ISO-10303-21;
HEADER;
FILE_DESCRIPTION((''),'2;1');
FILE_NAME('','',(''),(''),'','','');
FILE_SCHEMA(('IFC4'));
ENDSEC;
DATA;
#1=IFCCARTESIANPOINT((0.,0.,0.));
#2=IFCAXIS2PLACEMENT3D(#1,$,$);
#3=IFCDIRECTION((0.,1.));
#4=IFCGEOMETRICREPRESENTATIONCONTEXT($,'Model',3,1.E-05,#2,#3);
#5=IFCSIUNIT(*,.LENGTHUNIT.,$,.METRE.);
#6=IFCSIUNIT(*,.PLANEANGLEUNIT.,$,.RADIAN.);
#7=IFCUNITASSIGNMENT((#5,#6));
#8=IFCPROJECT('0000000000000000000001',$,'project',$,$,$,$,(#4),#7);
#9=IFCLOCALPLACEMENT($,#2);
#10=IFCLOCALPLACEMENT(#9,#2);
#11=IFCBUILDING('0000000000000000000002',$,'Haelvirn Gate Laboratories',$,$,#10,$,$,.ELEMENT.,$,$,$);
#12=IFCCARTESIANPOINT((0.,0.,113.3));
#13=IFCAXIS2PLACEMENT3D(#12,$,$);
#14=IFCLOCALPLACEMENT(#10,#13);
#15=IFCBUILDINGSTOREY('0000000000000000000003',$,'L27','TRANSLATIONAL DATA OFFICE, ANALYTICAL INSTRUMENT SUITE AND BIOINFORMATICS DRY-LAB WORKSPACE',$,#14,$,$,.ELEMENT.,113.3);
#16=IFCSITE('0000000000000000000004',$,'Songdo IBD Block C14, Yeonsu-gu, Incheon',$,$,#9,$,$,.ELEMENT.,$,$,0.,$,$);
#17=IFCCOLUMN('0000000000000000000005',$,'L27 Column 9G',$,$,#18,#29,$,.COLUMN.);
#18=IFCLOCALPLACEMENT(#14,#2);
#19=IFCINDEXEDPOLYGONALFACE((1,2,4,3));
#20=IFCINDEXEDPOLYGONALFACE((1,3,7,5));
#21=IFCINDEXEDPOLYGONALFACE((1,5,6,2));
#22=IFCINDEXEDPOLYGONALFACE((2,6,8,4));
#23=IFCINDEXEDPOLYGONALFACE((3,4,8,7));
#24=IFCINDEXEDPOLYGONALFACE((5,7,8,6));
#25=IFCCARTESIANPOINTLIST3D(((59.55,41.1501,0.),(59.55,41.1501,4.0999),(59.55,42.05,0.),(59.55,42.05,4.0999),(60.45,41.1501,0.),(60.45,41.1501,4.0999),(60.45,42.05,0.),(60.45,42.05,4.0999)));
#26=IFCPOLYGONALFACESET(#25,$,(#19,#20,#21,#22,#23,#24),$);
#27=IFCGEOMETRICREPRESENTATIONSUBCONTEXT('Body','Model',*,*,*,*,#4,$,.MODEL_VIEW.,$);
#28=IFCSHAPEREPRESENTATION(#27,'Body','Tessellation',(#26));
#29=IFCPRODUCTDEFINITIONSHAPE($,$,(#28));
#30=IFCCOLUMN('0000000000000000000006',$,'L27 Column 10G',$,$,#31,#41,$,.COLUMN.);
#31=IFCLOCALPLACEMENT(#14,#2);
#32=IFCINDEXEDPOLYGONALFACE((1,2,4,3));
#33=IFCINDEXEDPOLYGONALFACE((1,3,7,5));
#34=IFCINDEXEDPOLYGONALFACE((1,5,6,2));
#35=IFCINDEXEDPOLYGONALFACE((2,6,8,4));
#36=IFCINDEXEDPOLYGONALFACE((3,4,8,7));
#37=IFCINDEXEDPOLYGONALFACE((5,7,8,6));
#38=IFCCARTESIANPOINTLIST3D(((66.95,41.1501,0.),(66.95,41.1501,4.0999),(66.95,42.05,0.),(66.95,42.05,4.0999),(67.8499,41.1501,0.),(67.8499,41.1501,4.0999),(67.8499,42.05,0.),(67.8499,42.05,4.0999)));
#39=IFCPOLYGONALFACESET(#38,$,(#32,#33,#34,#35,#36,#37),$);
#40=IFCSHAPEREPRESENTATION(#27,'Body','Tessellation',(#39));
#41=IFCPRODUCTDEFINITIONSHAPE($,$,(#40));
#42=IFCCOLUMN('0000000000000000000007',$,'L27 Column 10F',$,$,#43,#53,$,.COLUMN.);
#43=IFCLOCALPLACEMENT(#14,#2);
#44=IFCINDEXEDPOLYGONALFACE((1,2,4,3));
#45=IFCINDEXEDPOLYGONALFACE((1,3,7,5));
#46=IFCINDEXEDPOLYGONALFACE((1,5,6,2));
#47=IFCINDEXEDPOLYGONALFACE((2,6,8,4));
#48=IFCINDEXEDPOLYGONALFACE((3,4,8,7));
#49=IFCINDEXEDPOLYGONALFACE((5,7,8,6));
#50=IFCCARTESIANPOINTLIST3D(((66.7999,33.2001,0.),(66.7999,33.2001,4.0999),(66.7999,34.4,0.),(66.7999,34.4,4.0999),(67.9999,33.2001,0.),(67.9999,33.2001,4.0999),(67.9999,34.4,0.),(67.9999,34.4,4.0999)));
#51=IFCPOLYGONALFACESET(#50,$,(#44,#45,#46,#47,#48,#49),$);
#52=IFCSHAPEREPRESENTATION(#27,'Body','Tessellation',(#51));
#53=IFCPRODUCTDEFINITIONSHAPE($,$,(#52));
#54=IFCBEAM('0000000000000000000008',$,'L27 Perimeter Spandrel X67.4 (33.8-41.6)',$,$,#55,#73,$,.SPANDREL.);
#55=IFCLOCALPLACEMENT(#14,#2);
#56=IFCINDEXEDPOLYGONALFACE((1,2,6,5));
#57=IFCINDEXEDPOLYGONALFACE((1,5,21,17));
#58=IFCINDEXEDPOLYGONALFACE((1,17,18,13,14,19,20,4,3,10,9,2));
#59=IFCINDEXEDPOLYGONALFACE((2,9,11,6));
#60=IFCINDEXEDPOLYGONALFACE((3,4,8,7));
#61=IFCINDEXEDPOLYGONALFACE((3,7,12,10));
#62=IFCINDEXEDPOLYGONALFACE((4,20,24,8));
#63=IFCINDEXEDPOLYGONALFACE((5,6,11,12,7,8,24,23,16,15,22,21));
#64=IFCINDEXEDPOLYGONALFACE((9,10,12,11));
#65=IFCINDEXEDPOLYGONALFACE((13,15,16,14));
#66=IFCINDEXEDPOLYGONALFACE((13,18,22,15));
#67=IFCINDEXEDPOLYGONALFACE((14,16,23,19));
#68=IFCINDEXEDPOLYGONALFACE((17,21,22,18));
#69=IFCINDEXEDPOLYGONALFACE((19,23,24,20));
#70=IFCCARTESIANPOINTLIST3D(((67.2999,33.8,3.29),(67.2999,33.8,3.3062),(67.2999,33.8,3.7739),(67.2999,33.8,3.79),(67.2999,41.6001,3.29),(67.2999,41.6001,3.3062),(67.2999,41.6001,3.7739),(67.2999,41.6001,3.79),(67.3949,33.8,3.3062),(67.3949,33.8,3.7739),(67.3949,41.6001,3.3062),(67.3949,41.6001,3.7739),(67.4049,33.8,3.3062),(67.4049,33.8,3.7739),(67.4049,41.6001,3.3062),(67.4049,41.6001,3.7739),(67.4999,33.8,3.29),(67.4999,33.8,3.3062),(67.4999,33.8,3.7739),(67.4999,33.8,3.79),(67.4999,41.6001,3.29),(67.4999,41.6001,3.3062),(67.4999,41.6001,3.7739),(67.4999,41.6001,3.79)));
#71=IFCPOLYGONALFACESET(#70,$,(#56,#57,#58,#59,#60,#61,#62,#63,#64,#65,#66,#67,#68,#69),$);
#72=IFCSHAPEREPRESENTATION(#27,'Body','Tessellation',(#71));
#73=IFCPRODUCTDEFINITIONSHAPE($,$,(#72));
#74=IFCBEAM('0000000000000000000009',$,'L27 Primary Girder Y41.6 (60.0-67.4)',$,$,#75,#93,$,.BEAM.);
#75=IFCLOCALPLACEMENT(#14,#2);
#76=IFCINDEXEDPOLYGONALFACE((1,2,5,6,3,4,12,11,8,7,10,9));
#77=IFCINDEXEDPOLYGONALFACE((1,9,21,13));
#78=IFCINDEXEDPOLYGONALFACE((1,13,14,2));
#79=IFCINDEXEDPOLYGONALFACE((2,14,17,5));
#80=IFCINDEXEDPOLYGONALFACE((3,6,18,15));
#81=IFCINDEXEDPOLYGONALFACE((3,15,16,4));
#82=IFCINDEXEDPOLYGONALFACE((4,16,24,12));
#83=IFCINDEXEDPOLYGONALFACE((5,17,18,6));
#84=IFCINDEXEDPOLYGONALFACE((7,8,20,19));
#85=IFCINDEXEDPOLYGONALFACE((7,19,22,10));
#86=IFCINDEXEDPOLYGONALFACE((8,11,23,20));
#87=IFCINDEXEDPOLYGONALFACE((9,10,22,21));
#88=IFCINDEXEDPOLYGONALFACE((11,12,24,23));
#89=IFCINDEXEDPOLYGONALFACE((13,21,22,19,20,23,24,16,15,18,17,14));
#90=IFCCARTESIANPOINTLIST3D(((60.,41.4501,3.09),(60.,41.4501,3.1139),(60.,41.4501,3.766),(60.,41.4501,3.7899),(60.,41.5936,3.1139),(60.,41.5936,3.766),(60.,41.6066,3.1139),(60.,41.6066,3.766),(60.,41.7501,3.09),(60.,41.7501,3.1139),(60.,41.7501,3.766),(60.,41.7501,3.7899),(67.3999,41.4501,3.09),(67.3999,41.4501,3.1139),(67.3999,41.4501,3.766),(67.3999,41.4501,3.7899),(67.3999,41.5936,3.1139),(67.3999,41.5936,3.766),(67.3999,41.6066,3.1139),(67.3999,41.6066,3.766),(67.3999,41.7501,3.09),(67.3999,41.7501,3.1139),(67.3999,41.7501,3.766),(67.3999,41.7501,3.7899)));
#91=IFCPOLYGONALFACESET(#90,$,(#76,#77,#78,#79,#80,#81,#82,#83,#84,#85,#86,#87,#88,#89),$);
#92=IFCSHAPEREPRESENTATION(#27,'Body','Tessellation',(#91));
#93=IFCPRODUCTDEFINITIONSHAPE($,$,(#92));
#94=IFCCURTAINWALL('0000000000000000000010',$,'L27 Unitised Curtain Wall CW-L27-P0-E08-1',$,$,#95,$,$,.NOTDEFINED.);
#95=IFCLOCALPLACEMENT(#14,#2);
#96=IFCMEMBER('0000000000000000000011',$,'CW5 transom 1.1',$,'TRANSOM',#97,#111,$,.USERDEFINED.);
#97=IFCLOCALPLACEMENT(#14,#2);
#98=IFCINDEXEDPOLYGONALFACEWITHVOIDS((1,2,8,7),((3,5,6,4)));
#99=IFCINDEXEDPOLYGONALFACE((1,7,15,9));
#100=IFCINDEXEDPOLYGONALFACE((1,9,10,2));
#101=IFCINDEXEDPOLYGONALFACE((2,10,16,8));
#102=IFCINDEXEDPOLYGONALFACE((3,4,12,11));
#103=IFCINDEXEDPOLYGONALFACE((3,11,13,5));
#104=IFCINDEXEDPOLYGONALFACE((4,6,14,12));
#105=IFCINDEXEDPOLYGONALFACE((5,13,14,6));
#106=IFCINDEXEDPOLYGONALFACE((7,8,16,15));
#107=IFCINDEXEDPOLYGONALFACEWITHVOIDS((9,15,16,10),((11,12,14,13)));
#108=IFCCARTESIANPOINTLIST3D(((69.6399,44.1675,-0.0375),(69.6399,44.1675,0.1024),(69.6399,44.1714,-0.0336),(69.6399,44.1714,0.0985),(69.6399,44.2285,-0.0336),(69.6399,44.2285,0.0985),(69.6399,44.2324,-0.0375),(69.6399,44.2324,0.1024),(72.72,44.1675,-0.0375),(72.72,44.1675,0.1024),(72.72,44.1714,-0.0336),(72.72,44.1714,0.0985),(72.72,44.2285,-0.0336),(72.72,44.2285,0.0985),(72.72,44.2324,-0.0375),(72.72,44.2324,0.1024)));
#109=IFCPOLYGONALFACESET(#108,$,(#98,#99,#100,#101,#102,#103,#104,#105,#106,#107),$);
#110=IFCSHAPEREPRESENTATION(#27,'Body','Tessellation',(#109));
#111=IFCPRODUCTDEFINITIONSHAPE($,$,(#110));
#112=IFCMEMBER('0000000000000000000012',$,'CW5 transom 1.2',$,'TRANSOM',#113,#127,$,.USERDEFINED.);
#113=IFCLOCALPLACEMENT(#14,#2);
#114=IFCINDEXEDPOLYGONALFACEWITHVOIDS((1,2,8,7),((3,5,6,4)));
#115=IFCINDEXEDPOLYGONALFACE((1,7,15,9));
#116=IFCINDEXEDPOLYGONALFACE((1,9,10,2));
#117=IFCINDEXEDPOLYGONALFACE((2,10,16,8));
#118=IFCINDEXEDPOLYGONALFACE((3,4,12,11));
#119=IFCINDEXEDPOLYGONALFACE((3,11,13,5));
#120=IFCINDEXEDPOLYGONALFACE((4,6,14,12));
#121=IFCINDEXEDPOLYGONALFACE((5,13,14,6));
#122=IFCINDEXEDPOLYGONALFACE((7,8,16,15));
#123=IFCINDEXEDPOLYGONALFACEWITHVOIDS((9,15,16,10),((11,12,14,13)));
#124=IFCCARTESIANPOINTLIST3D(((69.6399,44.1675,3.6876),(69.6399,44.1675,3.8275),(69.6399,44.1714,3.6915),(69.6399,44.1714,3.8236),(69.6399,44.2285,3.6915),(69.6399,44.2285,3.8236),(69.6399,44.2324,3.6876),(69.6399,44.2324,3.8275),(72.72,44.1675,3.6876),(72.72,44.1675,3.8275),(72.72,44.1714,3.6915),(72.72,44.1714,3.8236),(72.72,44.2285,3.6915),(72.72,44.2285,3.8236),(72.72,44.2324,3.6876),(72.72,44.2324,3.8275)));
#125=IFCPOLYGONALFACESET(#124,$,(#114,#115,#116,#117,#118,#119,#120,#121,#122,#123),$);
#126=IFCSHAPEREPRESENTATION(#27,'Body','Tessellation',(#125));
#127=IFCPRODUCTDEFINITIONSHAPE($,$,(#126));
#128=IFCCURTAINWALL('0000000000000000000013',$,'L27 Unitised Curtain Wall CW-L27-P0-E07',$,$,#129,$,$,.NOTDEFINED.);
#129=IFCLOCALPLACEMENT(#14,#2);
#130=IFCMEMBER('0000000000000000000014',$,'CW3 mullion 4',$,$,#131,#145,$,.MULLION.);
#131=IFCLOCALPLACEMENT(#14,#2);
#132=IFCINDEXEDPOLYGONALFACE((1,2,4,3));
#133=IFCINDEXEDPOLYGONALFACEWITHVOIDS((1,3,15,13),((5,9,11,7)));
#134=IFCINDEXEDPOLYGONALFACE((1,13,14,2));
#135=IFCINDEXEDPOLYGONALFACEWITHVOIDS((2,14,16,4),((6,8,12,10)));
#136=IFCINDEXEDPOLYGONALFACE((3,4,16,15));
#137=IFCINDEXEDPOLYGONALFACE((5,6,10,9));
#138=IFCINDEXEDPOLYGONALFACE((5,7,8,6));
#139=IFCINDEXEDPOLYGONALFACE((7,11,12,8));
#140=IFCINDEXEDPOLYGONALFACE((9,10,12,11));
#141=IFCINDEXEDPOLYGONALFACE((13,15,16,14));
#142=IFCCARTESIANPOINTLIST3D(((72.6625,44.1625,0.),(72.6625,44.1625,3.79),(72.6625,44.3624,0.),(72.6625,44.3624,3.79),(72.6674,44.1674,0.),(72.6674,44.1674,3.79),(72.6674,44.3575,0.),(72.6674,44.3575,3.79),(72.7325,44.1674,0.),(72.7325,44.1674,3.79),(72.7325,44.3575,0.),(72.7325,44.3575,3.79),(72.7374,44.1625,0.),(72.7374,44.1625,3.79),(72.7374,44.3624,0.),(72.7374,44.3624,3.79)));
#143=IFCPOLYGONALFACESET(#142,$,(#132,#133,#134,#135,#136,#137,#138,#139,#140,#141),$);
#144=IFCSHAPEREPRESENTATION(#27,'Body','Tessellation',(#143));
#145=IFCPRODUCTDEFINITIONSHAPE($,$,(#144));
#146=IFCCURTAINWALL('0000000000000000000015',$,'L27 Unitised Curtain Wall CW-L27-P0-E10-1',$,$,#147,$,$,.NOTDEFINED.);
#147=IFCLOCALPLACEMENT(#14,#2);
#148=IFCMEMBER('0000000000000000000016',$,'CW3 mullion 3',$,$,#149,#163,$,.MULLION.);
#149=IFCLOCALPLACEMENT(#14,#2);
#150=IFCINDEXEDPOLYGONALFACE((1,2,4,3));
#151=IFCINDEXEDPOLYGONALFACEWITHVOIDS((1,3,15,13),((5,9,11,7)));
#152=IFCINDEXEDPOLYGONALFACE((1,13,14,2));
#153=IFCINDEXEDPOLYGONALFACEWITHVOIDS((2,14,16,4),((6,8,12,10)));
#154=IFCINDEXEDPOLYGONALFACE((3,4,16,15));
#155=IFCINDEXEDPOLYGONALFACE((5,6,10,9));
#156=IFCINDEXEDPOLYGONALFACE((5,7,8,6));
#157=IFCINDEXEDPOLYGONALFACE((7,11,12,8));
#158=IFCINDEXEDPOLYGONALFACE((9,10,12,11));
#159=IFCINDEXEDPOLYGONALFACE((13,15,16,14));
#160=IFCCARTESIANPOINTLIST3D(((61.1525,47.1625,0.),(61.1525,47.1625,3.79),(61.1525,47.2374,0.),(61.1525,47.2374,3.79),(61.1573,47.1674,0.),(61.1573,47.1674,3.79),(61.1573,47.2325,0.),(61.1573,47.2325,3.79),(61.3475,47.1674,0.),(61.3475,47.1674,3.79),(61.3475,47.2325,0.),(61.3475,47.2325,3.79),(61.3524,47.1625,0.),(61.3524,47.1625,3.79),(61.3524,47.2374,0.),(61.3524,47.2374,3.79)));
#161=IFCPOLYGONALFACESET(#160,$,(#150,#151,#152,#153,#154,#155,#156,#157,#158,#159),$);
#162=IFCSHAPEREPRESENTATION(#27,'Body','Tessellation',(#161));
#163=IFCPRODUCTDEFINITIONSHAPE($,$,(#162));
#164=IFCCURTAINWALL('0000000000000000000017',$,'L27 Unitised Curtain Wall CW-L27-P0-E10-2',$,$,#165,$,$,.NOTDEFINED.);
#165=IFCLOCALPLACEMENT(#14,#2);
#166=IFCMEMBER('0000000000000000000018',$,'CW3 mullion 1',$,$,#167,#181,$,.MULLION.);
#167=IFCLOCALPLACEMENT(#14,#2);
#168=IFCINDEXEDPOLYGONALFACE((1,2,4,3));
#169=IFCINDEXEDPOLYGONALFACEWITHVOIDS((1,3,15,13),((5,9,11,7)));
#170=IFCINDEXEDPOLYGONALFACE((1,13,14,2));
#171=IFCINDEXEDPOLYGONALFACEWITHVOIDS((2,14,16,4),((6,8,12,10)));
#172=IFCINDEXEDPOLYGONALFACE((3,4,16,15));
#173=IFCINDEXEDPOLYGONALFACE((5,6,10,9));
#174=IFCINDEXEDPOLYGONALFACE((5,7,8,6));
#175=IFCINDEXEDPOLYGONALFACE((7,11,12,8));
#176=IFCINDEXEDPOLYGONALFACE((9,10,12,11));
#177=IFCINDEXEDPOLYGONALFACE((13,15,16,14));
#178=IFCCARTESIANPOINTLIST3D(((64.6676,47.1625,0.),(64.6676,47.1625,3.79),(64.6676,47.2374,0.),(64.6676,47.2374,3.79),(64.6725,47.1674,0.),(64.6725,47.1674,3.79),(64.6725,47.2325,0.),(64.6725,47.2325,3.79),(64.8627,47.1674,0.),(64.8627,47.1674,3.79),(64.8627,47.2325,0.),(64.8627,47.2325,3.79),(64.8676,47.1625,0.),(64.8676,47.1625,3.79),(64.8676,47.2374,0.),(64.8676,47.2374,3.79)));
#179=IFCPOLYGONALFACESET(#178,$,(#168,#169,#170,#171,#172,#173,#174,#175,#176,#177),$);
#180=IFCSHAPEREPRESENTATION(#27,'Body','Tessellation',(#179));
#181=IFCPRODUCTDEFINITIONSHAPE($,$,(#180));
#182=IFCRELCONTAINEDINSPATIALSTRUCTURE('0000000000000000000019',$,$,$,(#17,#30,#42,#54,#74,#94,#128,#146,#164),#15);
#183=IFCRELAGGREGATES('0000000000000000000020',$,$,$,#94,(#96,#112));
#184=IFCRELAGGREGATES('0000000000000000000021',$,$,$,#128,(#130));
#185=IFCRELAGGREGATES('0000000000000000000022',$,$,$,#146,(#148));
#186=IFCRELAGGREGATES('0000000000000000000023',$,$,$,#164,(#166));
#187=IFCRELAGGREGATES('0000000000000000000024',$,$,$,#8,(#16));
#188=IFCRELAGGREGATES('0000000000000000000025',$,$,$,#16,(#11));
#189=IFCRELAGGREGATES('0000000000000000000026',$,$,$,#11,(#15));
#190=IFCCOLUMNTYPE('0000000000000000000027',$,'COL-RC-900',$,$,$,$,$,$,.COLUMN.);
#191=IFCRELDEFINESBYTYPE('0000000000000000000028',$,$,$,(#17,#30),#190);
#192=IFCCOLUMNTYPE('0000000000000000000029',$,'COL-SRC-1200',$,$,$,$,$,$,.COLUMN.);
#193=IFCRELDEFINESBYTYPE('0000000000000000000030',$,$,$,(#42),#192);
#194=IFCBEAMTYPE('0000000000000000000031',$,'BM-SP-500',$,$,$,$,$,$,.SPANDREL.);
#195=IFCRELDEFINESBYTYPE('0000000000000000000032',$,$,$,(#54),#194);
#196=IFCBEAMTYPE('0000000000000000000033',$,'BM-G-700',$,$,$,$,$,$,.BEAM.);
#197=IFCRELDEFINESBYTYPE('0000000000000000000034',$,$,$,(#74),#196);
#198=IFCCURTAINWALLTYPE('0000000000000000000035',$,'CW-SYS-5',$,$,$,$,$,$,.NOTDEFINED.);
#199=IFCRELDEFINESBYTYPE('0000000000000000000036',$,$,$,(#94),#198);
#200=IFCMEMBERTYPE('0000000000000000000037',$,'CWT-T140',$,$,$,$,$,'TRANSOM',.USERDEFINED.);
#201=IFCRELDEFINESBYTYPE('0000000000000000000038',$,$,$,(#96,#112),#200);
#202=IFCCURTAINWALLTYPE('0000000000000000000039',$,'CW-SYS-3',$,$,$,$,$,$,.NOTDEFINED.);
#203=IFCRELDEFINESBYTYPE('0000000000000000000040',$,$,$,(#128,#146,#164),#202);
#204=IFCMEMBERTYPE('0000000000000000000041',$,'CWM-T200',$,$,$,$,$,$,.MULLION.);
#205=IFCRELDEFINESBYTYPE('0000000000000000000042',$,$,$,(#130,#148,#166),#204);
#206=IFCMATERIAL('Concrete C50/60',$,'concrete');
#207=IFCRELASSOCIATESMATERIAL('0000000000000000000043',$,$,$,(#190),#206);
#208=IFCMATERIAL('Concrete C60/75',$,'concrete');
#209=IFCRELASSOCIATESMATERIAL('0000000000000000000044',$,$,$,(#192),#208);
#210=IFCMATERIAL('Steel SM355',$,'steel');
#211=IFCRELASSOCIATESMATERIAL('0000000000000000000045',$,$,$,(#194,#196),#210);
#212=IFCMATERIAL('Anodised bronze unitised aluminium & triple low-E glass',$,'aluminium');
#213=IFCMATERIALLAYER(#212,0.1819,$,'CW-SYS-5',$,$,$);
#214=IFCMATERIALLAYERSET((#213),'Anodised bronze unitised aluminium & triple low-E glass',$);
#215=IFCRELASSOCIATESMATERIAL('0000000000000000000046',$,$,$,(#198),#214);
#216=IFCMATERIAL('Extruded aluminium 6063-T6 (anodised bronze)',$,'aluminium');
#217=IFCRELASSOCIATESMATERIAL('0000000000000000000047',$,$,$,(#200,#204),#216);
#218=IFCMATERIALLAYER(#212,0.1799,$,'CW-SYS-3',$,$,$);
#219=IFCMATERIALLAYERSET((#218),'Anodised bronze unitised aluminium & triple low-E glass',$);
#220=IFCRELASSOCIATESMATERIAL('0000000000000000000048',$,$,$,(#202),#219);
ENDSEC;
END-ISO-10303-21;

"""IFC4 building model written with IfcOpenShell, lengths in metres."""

from ifc_helpers import new_model, si_unit, direction, frame, origin, origin_2d, place, context, subcontext, project, spatial, rectangle, hollow_rectangle, i_section, extrude, source, transform, mapped, material, layer, layer_set, material_profile, profile_set, type_object, type_shapes, element, aggregate, save


model = new_model("IFC4")

# Units and contexts
model_context = context("Model", 3, precision=1e-05, world=origin(), true_north=direction((0.0, 1.0)))
body_context = subcontext(model_context, "Body", "Model", "MODEL_VIEW")
ifc_project = project(units=[si_unit("LENGTHUNIT", "METRE"), si_unit("PLANEANGLEUNIT", "RADIAN")], contexts=[model_context])

# Site, building, storey
site_placement = place(None, origin())
site = spatial("IfcSite", under=ifc_project, at=site_placement, Name="Songdo IBD Block C14, Yeonsu-gu, Incheon", CompositionType="ELEMENT", RefElevation=0.0)
building_placement = place(site_placement, origin())
building = spatial("IfcBuilding", under=site, at=building_placement, Name="Haelvirn Gate Laboratories", CompositionType="ELEMENT")
storey_placement = place(building_placement, frame((0.0, 0.0, 113.3)))
storey = spatial("IfcBuildingStorey", under=building, at=storey_placement, Name="L27", Description="TRANSLATIONAL DATA OFFICE, ANALYTICAL INSTRUMENT SUITE AND BIOINFORMATICS DRY-LAB WORKSPACE", CompositionType="ELEMENT", Elevation=113.3)

# Columns
ifc_material_1 = material(Name="Concrete C50/60", Category="concrete")
ifc_material_profile_1 = material_profile(ifc_material_1, rectangle(XDim=0.8999, YDim=0.8999, at=origin_2d()), Name="RC-900x900")
ifc_profile_set_1 = profile_set([ifc_material_profile_1], Name="Concrete C50/60")
column_type_1 = type_object("IfcColumnType", Name="COL-RC-900", PredefinedType="COLUMN", material=ifc_profile_set_1)
shared_shape_1 = source(origin(), body_context, "Body", "SweptSolid", [
    extrude(rectangle(XDim=0.8999, YDim=0.8999, at=origin_2d()), origin(), (0.0, 0.0, 1.0), 4.0999),
])
type_shapes(column_type_1, [shared_shape_1])
for number, where, z_axis, x_axis, name in (
    (1, (60.0, 41.6001, 0.0), (0.0, 0.0, 1.0), (1.0, 0.0, 0.0), "L27 Column 9G"),
    (2, (67.3999, 41.6001, 0.0), (0.0, 0.0, 1.0), (1.0, 0.0, 0.0), "L27 Column 10G"),
):
    element("IfcColumn", number, at=place(storey_placement, frame(where, z_axis=z_axis, x_axis=x_axis)), inside=storey, type_object=column_type_1, Name=name, PredefinedType="COLUMN", context=body_context, shape_type="MappedRepresentation", body=[
        mapped(shared_shape_1, transform((0.0, 0.0, 0.0), scale=1.0)),
    ])
ifc_material_2 = material(Name="Concrete C60/75", Category="concrete")
ifc_material_profile_2 = material_profile(ifc_material_2, rectangle(XDim=1.2, YDim=1.2, at=origin_2d()), Name="SRC-1200x1200")
ifc_profile_set_2 = profile_set([ifc_material_profile_2], Name="Concrete C60/75")
column_type_2 = type_object("IfcColumnType", Name="COL-SRC-1200", PredefinedType="COLUMN", material=ifc_profile_set_2)
shared_shape_2 = source(origin(), body_context, "Body", "SweptSolid", [
    extrude(rectangle(XDim=1.2, YDim=1.2, at=origin_2d()), origin(), (0.0, 0.0, 1.0), 4.0999),
])
type_shapes(column_type_2, [shared_shape_2])
column_placement = place(storey_placement, frame((67.3999, 33.8, 0.0), z_axis=(0.0, 0.0, 1.0), x_axis=(1.0, 0.0, 0.0)))
element("IfcColumn", 3, at=column_placement, inside=storey, type_object=column_type_2, Name="L27 Column 10F", PredefinedType="COLUMN", context=body_context, shape_type="MappedRepresentation", body=[
    mapped(shared_shape_2, transform((0.0, 0.0, 0.0), scale=1.0)),
])

# Beams
ifc_material_3 = material(Name="Steel SM355", Category="steel")
ifc_material_profile_3 = material_profile(ifc_material_3, i_section(OverallWidth=0.2, OverallDepth=0.5, WebThickness=0.01, FlangeThickness=0.0161, at=origin_2d()), Name="H-500x200x10x16")
ifc_profile_set_3 = profile_set([ifc_material_profile_3], Name="Steel SM355")
beam_type_1 = type_object("IfcBeamType", Name="BM-SP-500", PredefinedType="SPANDREL", material=ifc_profile_set_3)
shared_shape_3 = source(origin(), body_context, "Body", "SweptSolid", [
    extrude(i_section(OverallWidth=0.2, OverallDepth=0.5, WebThickness=0.01, FlangeThickness=0.0161, at=origin_2d()), origin(), (0.0, 0.0, 1.0), 7.8),
])
type_shapes(beam_type_1, [shared_shape_3])
beam_1_placement = place(storey_placement, frame((67.3999, 33.8, 3.54), z_axis=(0.0, 1.0, 0.0), x_axis=(-1.0, 0.0, 0.0)))
element("IfcBeam", 4, at=beam_1_placement, inside=storey, type_object=beam_type_1, Name="L27 Perimeter Spandrel X67.4 (33.8-41.6)", PredefinedType="SPANDREL", context=body_context, shape_type="MappedRepresentation", body=[
    mapped(shared_shape_3, transform((0.0, 0.0, 0.0), scale=1.0)),
])
ifc_material_profile_4 = material_profile(ifc_material_3, i_section(OverallWidth=0.3, OverallDepth=0.7, WebThickness=0.0129, FlangeThickness=0.0239, at=origin_2d()), Name="H-700x300x13x24")
ifc_profile_set_4 = profile_set([ifc_material_profile_4], Name="Steel SM355")
beam_type_2 = type_object("IfcBeamType", Name="BM-G-700", PredefinedType="BEAM", material=ifc_profile_set_4)
shared_shape_4 = source(origin(), body_context, "Body", "SweptSolid", [
    extrude(i_section(OverallWidth=0.3, OverallDepth=0.7, WebThickness=0.0129, FlangeThickness=0.0239, at=origin_2d()), origin(), (0.0, 0.0, 1.0), 7.3999),
])
type_shapes(beam_type_2, [shared_shape_4])
beam_2_placement = place(storey_placement, frame((60.0, 41.6001, 3.4399), z_axis=(1.0, 0.0, 0.0), x_axis=(0.0, 1.0, 0.0)))
element("IfcBeam", 5, at=beam_2_placement, inside=storey, type_object=beam_type_2, Name="L27 Primary Girder Y41.6 (60.0-67.4)", PredefinedType="BEAM", context=body_context, shape_type="MappedRepresentation", body=[
    mapped(shared_shape_4, transform((0.0, 0.0, 0.0), scale=1.0)),
])

# Curtain wall, members
ifc_material_4 = material(Name="Anodised bronze unitised aluminium & triple low-E glass", Category="aluminium")
ifc_layer_1 = layer(ifc_material_4, 0.1819, Name="CW-SYS-5")
ifc_layer_set_1 = layer_set([ifc_layer_1], Name="Anodised bronze unitised aluminium & triple low-E glass")
curtain_wall_type_1 = type_object("IfcCurtainWallType", Name="CW-SYS-5", PredefinedType="NOTDEFINED", material=ifc_layer_set_1)
curtain_wall_1_placement = place(storey_placement, origin())
curtain_wall_1 = element("IfcCurtainWall", 6, at=curtain_wall_1_placement, inside=storey, type_object=curtain_wall_type_1, Name="L27 Unitised Curtain Wall CW-L27-P0-E08-1", PredefinedType="NOTDEFINED")
ifc_material_5 = material(Name="Extruded aluminium 6063-T6 (anodised bronze)", Category="aluminium")
ifc_material_profile_5 = material_profile(ifc_material_5, hollow_rectangle(XDim=0.0649, YDim=0.1399, WallThickness=0.0039, at=origin_2d()), Name="CWT-140x65x4")
ifc_profile_set_5 = profile_set([ifc_material_profile_5], Name="Extruded aluminium 6063-T6 (anodised bronze)")
member_type_1 = type_object("IfcMemberType", Name="CWT-T140", ElementType="TRANSOM", PredefinedType="USERDEFINED", material=ifc_profile_set_5)
shared_shape_5 = source(origin(), body_context, "Body", "SweptSolid", [
    extrude(hollow_rectangle(XDim=0.0649, YDim=0.1399, WallThickness=0.0039, at=origin_2d()), origin(), (0.0, 0.0, 1.0), 3.0801),
])
member_1_placement = place(storey_placement, frame((69.6399, 44.2, 0.0325), z_axis=(1.0, 0.0, 0.0), x_axis=(0.0, 1.0, 0.0)))
member_1 = element("IfcMember", 7, at=member_1_placement, type_object=member_type_1, Name="CW5 transom 1.1", ObjectType="TRANSOM", PredefinedType="USERDEFINED", context=body_context, shape_type="MappedRepresentation", body=[
    mapped(shared_shape_5, transform((0.0, 0.0, 0.0), scale=1.0)),
])
member_2_placement = place(storey_placement, frame((69.6399, 44.2, 3.7576), z_axis=(1.0, 0.0, 0.0), x_axis=(0.0, 1.0, 0.0)))
member_2 = element("IfcMember", 8, at=member_2_placement, type_object=member_type_1, Name="CW5 transom 1.2", ObjectType="TRANSOM", PredefinedType="USERDEFINED", context=body_context, shape_type="MappedRepresentation", body=[
    mapped(shared_shape_5, transform((0.0, 0.0, 0.0), scale=1.0)),
])

# Curtain walls, members
ifc_layer_2 = layer(ifc_material_4, 0.1799, Name="CW-SYS-3")
ifc_layer_set_2 = layer_set([ifc_layer_2], Name="Anodised bronze unitised aluminium & triple low-E glass")
curtain_wall_type_2 = type_object("IfcCurtainWallType", Name="CW-SYS-3", PredefinedType="NOTDEFINED", material=ifc_layer_set_2)
curtain_wall_2_placement = place(storey_placement, origin())
curtain_wall_2 = element("IfcCurtainWall", 9, at=curtain_wall_2_placement, inside=storey, type_object=curtain_wall_type_2, Name="L27 Unitised Curtain Wall CW-L27-P0-E07", PredefinedType="NOTDEFINED")
ifc_material_profile_6 = material_profile(ifc_material_5, hollow_rectangle(XDim=0.075, YDim=0.2, WallThickness=0.0049, at=origin_2d()), Name="CWM-200x75x5")
ifc_profile_set_6 = profile_set([ifc_material_profile_6], Name="Extruded aluminium 6063-T6 (anodised bronze)")
member_type_2 = type_object("IfcMemberType", Name="CWM-T200", PredefinedType="MULLION", material=ifc_profile_set_6)
shared_shape_6 = source(origin(), body_context, "Body", "SweptSolid", [
    extrude(hollow_rectangle(XDim=0.075, YDim=0.2, WallThickness=0.0049, at=origin_2d()), origin(), (0.0, 0.0, 1.0), 3.79),
])
type_shapes(member_type_2, [shared_shape_6])
member_3_placement = place(storey_placement, frame((72.7, 44.2625, 0.0), z_axis=(0.0, 0.0, 1.0), x_axis=(-1.0, 0.0, 0.0)))
member_3 = element("IfcMember", 10, at=member_3_placement, type_object=member_type_2, Name="CW3 mullion 4", PredefinedType="MULLION", context=body_context, shape_type="MappedRepresentation", body=[
    mapped(shared_shape_6, transform((0.0, 0.0, 0.0), scale=1.0)),
])
curtain_wall_3_placement = place(storey_placement, origin())
curtain_wall_3 = element("IfcCurtainWall", 11, at=curtain_wall_3_placement, inside=storey, type_object=curtain_wall_type_2, Name="L27 Unitised Curtain Wall CW-L27-P0-E10-1", PredefinedType="NOTDEFINED")
member_4_placement = place(storey_placement, frame((61.2524, 47.2, 0.0), z_axis=(0.0, 0.0, 1.0), x_axis=(0.0, 1.0, 0.0)))
member_4 = element("IfcMember", 12, at=member_4_placement, type_object=member_type_2, Name="CW3 mullion 3", PredefinedType="MULLION", context=body_context, shape_type="MappedRepresentation", body=[
    mapped(shared_shape_6, transform((0.0, 0.0, 0.0), scale=1.0)),
])

# Curtain wall, member
curtain_wall_4_placement = place(storey_placement, origin())
curtain_wall_4 = element("IfcCurtainWall", 13, at=curtain_wall_4_placement, inside=storey, type_object=curtain_wall_type_2, Name="L27 Unitised Curtain Wall CW-L27-P0-E10-2", PredefinedType="NOTDEFINED")
member_5_placement = place(storey_placement, frame((64.7676, 47.2, 0.0), z_axis=(0.0, 0.0, 1.0), x_axis=(0.0, 1.0, 0.0)))
member_5 = element("IfcMember", 14, at=member_5_placement, type_object=member_type_2, Name="CW3 mullion 1", PredefinedType="MULLION", context=body_context, shape_type="MappedRepresentation", body=[
    mapped(shared_shape_6, transform((0.0, 0.0, 0.0), scale=1.0)),
])

aggregate(curtain_wall_1, [member_1, member_2])
aggregate(curtain_wall_2, [member_3])
aggregate(curtain_wall_3, [member_4])
aggregate(curtain_wall_4, [member_5])

save(model, "model.ifc")
